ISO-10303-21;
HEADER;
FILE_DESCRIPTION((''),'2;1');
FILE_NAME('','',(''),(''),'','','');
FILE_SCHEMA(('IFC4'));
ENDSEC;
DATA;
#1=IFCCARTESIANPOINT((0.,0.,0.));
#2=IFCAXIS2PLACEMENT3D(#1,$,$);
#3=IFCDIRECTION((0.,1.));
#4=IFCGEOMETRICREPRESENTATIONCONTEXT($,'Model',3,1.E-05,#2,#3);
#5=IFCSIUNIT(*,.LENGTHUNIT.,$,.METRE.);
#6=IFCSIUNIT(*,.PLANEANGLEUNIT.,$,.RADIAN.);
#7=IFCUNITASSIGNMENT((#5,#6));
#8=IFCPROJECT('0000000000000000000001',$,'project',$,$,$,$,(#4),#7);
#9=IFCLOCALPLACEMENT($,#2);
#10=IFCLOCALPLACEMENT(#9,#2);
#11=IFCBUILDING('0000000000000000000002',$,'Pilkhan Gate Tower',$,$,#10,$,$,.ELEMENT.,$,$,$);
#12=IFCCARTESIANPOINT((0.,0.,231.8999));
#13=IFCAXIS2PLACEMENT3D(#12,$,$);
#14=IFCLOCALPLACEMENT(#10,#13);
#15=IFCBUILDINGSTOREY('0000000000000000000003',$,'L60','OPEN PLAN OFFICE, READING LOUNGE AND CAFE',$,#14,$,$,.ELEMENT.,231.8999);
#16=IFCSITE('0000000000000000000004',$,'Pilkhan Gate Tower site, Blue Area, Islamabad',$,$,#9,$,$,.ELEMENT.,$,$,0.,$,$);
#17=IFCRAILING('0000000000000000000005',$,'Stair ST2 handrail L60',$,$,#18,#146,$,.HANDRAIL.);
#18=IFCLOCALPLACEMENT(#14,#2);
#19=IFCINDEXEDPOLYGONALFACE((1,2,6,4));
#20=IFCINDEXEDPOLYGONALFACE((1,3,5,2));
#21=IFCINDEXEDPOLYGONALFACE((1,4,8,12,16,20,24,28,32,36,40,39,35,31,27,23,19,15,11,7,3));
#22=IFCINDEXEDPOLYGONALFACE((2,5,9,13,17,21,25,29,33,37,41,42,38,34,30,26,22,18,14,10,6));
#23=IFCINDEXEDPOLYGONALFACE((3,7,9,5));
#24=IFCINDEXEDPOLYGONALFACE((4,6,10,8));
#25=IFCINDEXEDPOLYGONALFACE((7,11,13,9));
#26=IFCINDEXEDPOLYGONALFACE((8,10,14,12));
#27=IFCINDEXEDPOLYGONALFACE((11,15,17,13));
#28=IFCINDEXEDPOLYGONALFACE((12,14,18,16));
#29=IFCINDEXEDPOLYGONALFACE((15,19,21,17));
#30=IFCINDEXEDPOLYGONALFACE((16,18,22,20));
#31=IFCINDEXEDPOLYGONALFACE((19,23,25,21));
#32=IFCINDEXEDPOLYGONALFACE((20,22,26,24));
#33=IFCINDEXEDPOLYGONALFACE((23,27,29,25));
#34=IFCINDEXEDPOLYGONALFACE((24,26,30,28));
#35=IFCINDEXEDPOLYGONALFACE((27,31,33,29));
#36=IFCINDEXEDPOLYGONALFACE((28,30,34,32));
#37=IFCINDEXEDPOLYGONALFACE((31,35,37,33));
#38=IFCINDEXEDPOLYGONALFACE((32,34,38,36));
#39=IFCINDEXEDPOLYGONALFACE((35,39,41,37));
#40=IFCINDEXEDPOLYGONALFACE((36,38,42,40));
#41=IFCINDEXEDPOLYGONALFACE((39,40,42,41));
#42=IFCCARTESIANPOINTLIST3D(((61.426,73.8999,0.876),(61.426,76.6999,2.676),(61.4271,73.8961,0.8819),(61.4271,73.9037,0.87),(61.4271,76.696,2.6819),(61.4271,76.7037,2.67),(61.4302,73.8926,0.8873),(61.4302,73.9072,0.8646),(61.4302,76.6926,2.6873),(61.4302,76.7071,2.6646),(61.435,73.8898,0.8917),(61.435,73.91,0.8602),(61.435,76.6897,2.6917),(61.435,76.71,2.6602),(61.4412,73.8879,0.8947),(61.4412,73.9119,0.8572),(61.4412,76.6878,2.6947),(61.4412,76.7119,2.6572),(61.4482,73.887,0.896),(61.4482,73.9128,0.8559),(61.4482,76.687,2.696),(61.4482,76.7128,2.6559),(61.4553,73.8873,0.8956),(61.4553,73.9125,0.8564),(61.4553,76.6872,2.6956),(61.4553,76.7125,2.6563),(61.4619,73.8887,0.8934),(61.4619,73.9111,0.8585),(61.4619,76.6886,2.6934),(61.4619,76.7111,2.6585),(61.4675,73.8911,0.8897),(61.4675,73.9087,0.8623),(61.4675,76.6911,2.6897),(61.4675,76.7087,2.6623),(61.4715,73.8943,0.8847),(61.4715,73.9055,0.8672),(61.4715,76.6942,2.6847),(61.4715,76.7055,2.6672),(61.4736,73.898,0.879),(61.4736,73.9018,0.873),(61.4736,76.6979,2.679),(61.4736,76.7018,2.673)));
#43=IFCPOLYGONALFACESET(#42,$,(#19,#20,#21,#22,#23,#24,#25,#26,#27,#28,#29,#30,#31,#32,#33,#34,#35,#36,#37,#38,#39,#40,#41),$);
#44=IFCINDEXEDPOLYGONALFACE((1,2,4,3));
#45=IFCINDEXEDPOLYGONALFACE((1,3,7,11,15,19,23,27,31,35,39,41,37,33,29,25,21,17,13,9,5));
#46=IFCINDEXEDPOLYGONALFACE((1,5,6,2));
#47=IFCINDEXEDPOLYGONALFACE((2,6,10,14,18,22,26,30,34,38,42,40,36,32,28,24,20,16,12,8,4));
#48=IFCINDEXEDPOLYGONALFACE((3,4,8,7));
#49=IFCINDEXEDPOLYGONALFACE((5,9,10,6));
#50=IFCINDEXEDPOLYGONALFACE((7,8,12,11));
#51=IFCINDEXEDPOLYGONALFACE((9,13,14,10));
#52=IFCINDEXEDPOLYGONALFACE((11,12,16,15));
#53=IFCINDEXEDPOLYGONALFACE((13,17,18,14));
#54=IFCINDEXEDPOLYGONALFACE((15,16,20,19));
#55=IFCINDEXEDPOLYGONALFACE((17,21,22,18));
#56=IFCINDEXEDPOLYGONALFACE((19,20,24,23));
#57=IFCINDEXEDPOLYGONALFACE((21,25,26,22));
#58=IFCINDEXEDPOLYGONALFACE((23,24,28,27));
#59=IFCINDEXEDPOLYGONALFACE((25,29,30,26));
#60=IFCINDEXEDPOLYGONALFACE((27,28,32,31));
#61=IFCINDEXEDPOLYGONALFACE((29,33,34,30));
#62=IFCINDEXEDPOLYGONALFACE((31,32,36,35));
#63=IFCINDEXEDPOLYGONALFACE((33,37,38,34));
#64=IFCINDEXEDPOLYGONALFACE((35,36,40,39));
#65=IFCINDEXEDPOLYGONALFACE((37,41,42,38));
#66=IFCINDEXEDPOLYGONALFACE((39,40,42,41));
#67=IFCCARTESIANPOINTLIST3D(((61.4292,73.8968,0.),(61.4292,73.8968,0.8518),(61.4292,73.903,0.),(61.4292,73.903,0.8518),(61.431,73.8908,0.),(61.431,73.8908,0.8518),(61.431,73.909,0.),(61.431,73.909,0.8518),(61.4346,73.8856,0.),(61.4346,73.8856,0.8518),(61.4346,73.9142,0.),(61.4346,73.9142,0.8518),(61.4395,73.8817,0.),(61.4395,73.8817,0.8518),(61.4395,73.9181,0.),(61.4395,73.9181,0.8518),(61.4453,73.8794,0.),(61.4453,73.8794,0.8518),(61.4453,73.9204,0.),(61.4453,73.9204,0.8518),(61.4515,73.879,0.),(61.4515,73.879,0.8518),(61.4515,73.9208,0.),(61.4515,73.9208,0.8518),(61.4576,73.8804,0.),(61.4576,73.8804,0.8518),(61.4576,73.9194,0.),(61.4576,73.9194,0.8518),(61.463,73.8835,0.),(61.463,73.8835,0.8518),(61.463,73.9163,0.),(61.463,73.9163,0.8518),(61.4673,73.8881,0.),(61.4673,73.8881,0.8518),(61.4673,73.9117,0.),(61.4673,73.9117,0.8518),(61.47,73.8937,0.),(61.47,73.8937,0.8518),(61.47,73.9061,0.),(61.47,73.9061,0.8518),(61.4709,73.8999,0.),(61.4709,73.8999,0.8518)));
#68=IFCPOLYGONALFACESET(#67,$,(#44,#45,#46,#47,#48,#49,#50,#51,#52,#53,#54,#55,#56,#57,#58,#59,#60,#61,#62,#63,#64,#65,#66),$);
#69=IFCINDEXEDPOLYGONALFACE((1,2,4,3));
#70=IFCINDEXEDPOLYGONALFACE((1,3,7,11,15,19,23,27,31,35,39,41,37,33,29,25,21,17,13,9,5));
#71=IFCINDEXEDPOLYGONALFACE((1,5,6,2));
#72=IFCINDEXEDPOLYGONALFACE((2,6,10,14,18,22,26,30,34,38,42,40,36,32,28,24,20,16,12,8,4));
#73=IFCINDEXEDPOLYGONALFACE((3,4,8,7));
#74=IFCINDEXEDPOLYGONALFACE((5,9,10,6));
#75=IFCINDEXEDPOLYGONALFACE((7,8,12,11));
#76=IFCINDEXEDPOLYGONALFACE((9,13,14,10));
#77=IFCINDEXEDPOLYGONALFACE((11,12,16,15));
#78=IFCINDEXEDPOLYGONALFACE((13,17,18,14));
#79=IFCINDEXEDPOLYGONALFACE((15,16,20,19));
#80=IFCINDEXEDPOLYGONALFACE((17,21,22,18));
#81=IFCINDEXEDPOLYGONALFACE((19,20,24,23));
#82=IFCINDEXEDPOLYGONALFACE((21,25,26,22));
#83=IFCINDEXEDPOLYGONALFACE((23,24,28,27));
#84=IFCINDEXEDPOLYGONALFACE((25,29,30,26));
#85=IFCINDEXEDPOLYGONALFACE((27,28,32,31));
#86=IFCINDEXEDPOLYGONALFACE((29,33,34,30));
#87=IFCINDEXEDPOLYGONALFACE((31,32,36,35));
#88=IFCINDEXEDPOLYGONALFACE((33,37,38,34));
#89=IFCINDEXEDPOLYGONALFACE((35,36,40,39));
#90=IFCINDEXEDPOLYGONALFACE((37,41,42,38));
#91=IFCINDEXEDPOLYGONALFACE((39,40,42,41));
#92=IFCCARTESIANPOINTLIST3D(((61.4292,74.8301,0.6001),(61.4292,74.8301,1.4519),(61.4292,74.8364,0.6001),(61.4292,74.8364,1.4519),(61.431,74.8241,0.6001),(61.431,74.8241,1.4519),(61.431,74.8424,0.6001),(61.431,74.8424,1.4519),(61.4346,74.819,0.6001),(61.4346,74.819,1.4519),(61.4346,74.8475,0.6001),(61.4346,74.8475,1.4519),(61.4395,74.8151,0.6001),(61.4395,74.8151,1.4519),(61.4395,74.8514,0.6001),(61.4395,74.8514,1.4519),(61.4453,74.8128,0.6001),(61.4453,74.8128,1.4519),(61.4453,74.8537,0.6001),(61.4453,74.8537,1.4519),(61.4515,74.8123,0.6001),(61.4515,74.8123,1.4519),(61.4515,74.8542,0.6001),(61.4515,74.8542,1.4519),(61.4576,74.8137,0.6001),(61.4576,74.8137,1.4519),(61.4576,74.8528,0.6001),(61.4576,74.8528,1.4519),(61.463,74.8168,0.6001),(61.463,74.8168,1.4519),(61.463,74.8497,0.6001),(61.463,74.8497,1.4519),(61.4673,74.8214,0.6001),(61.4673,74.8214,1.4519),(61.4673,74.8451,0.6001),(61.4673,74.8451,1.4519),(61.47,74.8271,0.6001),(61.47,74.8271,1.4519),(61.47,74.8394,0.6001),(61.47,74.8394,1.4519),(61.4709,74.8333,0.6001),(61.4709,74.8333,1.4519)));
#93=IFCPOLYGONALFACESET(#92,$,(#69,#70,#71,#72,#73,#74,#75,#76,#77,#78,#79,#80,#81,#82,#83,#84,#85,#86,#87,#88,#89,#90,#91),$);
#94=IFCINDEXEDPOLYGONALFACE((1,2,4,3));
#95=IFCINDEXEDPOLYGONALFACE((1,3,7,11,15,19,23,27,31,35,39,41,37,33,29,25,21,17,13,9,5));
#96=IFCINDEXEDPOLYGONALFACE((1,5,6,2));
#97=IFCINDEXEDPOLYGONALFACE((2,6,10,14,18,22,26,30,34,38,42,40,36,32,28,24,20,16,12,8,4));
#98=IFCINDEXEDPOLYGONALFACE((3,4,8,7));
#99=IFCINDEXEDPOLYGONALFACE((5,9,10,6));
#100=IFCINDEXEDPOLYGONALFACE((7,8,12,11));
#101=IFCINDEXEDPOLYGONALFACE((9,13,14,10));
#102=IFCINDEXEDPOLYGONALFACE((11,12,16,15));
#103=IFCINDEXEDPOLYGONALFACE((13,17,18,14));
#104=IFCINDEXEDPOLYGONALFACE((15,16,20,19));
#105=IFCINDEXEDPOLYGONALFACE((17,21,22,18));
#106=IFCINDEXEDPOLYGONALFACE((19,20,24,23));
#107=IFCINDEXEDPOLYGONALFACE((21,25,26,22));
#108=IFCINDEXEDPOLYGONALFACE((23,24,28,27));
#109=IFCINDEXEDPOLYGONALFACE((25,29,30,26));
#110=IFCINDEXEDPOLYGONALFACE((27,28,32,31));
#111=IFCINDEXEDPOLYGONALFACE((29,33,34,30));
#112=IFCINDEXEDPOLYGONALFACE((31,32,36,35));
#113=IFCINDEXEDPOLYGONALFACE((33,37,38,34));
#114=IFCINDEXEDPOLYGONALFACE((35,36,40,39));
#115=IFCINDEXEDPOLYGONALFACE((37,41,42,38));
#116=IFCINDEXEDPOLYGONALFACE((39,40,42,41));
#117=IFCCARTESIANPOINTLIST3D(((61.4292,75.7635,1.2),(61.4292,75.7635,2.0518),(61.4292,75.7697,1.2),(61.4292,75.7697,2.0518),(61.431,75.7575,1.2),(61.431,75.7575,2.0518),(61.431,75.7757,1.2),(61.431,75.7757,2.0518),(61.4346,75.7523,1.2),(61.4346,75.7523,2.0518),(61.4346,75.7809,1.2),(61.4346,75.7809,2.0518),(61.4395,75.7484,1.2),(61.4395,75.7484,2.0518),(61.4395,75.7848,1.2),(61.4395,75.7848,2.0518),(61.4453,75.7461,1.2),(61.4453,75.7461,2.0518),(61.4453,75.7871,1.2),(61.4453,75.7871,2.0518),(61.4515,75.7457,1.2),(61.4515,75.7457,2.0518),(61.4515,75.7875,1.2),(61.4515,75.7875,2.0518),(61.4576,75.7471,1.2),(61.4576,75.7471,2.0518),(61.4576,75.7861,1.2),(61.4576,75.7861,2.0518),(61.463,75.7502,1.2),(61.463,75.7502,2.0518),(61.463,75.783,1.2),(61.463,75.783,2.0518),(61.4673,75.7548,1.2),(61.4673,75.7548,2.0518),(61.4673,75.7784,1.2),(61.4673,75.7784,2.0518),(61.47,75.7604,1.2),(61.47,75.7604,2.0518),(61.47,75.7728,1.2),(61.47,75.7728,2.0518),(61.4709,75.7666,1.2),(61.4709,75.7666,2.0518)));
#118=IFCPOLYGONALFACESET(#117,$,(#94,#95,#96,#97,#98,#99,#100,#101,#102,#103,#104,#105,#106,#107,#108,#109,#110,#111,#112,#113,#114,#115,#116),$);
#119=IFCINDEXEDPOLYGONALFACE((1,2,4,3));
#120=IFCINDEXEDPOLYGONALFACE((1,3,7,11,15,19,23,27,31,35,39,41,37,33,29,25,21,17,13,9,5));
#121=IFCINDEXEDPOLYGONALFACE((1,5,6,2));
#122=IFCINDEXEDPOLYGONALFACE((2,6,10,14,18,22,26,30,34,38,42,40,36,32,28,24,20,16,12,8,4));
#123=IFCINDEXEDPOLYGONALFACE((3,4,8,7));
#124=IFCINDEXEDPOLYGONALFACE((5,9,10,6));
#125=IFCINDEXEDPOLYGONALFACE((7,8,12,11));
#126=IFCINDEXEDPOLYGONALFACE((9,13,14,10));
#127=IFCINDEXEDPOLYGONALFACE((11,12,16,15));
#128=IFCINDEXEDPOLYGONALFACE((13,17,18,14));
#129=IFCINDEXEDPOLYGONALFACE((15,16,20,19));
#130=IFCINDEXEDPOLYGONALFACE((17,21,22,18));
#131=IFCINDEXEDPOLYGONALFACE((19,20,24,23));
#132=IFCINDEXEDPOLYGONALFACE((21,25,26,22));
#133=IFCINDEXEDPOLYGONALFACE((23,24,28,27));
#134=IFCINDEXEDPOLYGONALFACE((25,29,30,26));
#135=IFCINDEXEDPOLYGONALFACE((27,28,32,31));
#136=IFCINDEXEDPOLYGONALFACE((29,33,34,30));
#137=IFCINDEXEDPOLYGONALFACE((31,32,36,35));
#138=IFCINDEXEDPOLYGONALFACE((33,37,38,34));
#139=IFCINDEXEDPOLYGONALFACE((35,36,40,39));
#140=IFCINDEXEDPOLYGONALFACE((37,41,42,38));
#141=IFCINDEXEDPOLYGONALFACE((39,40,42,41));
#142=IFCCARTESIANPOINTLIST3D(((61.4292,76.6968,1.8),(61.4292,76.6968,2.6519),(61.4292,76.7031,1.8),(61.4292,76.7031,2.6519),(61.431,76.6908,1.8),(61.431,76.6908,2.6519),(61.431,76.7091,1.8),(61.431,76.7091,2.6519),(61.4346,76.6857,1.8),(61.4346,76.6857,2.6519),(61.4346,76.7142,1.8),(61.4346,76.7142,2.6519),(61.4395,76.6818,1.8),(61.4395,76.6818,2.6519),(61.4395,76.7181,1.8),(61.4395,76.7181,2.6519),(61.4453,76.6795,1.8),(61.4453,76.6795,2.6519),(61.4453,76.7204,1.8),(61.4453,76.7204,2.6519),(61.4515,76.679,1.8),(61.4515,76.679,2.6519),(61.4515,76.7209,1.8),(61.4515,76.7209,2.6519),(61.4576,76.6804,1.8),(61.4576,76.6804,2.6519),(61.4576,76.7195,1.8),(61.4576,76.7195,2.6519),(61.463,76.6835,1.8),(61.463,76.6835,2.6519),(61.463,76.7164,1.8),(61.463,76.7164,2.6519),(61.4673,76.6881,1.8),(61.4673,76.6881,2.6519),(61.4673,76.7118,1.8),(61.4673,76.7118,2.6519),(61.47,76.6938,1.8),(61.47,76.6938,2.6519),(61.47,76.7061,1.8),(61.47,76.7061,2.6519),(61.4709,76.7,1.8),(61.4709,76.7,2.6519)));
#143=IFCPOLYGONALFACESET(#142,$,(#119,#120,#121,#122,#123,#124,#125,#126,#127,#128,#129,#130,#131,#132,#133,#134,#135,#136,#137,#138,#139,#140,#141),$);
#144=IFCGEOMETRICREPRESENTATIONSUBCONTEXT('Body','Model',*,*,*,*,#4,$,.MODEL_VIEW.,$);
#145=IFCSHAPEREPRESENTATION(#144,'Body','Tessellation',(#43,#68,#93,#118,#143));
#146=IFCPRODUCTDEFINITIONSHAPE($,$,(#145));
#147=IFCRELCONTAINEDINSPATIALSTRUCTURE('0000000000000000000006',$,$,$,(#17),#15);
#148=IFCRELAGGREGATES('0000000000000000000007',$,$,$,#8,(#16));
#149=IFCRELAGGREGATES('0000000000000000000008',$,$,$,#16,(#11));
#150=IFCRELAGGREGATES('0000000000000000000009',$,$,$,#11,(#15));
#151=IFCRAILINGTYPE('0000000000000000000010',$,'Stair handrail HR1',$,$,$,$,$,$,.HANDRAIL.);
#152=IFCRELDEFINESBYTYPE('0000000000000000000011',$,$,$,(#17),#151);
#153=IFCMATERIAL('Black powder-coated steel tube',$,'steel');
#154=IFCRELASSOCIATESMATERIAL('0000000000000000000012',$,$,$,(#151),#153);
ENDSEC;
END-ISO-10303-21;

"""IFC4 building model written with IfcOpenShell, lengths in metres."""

from ifc_helpers import new_model, si_unit, direction, frame, origin, origin_2d, place, context, subcontext, project, spatial, circle, extrude, material, type_object, element, save


model = new_model("IFC4")

# Units and contexts
model_context = context("Model", 3, precision=1e-05, world=origin(), true_north=direction((0.0, 1.0)))
body_context = subcontext(model_context, "Body", "Model", "MODEL_VIEW")
ifc_project = project(units=[si_unit("LENGTHUNIT", "METRE"), si_unit("PLANEANGLEUNIT", "RADIAN")], contexts=[model_context])

# Site, building, storey
site_placement = place(None, origin())
site = spatial("IfcSite", under=ifc_project, at=site_placement, Name="Pilkhan Gate Tower site, Blue Area, Islamabad", CompositionType="ELEMENT", RefElevation=0.0)
building_placement = place(site_placement, origin())
building = spatial("IfcBuilding", under=site, at=building_placement, Name="Pilkhan Gate Tower", CompositionType="ELEMENT")
storey_placement = place(building_placement, frame((0.0, 0.0, 231.8999)))
storey = spatial("IfcBuildingStorey", under=building, at=storey_placement, Name="L60", Description="OPEN PLAN OFFICE, READING LOUNGE AND CAFE", CompositionType="ELEMENT", Elevation=231.8999)

# Railing
ifc_material_1 = material(Name="Black powder-coated steel tube", Category="steel")
railing_type_1 = type_object("IfcRailingType", Name="Stair handrail HR1", PredefinedType="HANDRAIL", material=ifc_material_1)
for number, where, name in (
    (1, (61.45, 73.8999, 0.0), "Stair ST2 handrail L60"),
):
    element("IfcRailing", number, at=place(storey_placement, frame(where)), inside=storey, type_object=railing_type_1, Name=name, PredefinedType="HANDRAIL", context=body_context, shape_type="SweptSolid", body=[
        extrude(circle(Radius=0.0239, at=origin_2d()), frame((0.0, 0.0, 0.876), z_axis=(0.0, 0.841176, 0.540761), x_axis=(-1.0, 0.0, 0.0)), (0.0, 0.0, 1.0), 3.3286),
        extrude(circle(Radius=0.021, at=origin_2d()), origin(), (0.0, 0.0, 1.0), 0.8518),
        extrude(circle(Radius=0.021, at=origin_2d()), frame((0.0, 0.9333, 0.6001)), (0.0, 0.0, 1.0), 0.8518),
        extrude(circle(Radius=0.021, at=origin_2d()), frame((0.0, 1.8667, 1.2)), (0.0, 0.0, 1.0), 0.8518),
        extrude(circle(Radius=0.021, at=origin_2d()), frame((0.0, 2.8, 1.8)), (0.0, 0.0, 1.0), 0.8518),
    ])

save(model, "model.ifc")
